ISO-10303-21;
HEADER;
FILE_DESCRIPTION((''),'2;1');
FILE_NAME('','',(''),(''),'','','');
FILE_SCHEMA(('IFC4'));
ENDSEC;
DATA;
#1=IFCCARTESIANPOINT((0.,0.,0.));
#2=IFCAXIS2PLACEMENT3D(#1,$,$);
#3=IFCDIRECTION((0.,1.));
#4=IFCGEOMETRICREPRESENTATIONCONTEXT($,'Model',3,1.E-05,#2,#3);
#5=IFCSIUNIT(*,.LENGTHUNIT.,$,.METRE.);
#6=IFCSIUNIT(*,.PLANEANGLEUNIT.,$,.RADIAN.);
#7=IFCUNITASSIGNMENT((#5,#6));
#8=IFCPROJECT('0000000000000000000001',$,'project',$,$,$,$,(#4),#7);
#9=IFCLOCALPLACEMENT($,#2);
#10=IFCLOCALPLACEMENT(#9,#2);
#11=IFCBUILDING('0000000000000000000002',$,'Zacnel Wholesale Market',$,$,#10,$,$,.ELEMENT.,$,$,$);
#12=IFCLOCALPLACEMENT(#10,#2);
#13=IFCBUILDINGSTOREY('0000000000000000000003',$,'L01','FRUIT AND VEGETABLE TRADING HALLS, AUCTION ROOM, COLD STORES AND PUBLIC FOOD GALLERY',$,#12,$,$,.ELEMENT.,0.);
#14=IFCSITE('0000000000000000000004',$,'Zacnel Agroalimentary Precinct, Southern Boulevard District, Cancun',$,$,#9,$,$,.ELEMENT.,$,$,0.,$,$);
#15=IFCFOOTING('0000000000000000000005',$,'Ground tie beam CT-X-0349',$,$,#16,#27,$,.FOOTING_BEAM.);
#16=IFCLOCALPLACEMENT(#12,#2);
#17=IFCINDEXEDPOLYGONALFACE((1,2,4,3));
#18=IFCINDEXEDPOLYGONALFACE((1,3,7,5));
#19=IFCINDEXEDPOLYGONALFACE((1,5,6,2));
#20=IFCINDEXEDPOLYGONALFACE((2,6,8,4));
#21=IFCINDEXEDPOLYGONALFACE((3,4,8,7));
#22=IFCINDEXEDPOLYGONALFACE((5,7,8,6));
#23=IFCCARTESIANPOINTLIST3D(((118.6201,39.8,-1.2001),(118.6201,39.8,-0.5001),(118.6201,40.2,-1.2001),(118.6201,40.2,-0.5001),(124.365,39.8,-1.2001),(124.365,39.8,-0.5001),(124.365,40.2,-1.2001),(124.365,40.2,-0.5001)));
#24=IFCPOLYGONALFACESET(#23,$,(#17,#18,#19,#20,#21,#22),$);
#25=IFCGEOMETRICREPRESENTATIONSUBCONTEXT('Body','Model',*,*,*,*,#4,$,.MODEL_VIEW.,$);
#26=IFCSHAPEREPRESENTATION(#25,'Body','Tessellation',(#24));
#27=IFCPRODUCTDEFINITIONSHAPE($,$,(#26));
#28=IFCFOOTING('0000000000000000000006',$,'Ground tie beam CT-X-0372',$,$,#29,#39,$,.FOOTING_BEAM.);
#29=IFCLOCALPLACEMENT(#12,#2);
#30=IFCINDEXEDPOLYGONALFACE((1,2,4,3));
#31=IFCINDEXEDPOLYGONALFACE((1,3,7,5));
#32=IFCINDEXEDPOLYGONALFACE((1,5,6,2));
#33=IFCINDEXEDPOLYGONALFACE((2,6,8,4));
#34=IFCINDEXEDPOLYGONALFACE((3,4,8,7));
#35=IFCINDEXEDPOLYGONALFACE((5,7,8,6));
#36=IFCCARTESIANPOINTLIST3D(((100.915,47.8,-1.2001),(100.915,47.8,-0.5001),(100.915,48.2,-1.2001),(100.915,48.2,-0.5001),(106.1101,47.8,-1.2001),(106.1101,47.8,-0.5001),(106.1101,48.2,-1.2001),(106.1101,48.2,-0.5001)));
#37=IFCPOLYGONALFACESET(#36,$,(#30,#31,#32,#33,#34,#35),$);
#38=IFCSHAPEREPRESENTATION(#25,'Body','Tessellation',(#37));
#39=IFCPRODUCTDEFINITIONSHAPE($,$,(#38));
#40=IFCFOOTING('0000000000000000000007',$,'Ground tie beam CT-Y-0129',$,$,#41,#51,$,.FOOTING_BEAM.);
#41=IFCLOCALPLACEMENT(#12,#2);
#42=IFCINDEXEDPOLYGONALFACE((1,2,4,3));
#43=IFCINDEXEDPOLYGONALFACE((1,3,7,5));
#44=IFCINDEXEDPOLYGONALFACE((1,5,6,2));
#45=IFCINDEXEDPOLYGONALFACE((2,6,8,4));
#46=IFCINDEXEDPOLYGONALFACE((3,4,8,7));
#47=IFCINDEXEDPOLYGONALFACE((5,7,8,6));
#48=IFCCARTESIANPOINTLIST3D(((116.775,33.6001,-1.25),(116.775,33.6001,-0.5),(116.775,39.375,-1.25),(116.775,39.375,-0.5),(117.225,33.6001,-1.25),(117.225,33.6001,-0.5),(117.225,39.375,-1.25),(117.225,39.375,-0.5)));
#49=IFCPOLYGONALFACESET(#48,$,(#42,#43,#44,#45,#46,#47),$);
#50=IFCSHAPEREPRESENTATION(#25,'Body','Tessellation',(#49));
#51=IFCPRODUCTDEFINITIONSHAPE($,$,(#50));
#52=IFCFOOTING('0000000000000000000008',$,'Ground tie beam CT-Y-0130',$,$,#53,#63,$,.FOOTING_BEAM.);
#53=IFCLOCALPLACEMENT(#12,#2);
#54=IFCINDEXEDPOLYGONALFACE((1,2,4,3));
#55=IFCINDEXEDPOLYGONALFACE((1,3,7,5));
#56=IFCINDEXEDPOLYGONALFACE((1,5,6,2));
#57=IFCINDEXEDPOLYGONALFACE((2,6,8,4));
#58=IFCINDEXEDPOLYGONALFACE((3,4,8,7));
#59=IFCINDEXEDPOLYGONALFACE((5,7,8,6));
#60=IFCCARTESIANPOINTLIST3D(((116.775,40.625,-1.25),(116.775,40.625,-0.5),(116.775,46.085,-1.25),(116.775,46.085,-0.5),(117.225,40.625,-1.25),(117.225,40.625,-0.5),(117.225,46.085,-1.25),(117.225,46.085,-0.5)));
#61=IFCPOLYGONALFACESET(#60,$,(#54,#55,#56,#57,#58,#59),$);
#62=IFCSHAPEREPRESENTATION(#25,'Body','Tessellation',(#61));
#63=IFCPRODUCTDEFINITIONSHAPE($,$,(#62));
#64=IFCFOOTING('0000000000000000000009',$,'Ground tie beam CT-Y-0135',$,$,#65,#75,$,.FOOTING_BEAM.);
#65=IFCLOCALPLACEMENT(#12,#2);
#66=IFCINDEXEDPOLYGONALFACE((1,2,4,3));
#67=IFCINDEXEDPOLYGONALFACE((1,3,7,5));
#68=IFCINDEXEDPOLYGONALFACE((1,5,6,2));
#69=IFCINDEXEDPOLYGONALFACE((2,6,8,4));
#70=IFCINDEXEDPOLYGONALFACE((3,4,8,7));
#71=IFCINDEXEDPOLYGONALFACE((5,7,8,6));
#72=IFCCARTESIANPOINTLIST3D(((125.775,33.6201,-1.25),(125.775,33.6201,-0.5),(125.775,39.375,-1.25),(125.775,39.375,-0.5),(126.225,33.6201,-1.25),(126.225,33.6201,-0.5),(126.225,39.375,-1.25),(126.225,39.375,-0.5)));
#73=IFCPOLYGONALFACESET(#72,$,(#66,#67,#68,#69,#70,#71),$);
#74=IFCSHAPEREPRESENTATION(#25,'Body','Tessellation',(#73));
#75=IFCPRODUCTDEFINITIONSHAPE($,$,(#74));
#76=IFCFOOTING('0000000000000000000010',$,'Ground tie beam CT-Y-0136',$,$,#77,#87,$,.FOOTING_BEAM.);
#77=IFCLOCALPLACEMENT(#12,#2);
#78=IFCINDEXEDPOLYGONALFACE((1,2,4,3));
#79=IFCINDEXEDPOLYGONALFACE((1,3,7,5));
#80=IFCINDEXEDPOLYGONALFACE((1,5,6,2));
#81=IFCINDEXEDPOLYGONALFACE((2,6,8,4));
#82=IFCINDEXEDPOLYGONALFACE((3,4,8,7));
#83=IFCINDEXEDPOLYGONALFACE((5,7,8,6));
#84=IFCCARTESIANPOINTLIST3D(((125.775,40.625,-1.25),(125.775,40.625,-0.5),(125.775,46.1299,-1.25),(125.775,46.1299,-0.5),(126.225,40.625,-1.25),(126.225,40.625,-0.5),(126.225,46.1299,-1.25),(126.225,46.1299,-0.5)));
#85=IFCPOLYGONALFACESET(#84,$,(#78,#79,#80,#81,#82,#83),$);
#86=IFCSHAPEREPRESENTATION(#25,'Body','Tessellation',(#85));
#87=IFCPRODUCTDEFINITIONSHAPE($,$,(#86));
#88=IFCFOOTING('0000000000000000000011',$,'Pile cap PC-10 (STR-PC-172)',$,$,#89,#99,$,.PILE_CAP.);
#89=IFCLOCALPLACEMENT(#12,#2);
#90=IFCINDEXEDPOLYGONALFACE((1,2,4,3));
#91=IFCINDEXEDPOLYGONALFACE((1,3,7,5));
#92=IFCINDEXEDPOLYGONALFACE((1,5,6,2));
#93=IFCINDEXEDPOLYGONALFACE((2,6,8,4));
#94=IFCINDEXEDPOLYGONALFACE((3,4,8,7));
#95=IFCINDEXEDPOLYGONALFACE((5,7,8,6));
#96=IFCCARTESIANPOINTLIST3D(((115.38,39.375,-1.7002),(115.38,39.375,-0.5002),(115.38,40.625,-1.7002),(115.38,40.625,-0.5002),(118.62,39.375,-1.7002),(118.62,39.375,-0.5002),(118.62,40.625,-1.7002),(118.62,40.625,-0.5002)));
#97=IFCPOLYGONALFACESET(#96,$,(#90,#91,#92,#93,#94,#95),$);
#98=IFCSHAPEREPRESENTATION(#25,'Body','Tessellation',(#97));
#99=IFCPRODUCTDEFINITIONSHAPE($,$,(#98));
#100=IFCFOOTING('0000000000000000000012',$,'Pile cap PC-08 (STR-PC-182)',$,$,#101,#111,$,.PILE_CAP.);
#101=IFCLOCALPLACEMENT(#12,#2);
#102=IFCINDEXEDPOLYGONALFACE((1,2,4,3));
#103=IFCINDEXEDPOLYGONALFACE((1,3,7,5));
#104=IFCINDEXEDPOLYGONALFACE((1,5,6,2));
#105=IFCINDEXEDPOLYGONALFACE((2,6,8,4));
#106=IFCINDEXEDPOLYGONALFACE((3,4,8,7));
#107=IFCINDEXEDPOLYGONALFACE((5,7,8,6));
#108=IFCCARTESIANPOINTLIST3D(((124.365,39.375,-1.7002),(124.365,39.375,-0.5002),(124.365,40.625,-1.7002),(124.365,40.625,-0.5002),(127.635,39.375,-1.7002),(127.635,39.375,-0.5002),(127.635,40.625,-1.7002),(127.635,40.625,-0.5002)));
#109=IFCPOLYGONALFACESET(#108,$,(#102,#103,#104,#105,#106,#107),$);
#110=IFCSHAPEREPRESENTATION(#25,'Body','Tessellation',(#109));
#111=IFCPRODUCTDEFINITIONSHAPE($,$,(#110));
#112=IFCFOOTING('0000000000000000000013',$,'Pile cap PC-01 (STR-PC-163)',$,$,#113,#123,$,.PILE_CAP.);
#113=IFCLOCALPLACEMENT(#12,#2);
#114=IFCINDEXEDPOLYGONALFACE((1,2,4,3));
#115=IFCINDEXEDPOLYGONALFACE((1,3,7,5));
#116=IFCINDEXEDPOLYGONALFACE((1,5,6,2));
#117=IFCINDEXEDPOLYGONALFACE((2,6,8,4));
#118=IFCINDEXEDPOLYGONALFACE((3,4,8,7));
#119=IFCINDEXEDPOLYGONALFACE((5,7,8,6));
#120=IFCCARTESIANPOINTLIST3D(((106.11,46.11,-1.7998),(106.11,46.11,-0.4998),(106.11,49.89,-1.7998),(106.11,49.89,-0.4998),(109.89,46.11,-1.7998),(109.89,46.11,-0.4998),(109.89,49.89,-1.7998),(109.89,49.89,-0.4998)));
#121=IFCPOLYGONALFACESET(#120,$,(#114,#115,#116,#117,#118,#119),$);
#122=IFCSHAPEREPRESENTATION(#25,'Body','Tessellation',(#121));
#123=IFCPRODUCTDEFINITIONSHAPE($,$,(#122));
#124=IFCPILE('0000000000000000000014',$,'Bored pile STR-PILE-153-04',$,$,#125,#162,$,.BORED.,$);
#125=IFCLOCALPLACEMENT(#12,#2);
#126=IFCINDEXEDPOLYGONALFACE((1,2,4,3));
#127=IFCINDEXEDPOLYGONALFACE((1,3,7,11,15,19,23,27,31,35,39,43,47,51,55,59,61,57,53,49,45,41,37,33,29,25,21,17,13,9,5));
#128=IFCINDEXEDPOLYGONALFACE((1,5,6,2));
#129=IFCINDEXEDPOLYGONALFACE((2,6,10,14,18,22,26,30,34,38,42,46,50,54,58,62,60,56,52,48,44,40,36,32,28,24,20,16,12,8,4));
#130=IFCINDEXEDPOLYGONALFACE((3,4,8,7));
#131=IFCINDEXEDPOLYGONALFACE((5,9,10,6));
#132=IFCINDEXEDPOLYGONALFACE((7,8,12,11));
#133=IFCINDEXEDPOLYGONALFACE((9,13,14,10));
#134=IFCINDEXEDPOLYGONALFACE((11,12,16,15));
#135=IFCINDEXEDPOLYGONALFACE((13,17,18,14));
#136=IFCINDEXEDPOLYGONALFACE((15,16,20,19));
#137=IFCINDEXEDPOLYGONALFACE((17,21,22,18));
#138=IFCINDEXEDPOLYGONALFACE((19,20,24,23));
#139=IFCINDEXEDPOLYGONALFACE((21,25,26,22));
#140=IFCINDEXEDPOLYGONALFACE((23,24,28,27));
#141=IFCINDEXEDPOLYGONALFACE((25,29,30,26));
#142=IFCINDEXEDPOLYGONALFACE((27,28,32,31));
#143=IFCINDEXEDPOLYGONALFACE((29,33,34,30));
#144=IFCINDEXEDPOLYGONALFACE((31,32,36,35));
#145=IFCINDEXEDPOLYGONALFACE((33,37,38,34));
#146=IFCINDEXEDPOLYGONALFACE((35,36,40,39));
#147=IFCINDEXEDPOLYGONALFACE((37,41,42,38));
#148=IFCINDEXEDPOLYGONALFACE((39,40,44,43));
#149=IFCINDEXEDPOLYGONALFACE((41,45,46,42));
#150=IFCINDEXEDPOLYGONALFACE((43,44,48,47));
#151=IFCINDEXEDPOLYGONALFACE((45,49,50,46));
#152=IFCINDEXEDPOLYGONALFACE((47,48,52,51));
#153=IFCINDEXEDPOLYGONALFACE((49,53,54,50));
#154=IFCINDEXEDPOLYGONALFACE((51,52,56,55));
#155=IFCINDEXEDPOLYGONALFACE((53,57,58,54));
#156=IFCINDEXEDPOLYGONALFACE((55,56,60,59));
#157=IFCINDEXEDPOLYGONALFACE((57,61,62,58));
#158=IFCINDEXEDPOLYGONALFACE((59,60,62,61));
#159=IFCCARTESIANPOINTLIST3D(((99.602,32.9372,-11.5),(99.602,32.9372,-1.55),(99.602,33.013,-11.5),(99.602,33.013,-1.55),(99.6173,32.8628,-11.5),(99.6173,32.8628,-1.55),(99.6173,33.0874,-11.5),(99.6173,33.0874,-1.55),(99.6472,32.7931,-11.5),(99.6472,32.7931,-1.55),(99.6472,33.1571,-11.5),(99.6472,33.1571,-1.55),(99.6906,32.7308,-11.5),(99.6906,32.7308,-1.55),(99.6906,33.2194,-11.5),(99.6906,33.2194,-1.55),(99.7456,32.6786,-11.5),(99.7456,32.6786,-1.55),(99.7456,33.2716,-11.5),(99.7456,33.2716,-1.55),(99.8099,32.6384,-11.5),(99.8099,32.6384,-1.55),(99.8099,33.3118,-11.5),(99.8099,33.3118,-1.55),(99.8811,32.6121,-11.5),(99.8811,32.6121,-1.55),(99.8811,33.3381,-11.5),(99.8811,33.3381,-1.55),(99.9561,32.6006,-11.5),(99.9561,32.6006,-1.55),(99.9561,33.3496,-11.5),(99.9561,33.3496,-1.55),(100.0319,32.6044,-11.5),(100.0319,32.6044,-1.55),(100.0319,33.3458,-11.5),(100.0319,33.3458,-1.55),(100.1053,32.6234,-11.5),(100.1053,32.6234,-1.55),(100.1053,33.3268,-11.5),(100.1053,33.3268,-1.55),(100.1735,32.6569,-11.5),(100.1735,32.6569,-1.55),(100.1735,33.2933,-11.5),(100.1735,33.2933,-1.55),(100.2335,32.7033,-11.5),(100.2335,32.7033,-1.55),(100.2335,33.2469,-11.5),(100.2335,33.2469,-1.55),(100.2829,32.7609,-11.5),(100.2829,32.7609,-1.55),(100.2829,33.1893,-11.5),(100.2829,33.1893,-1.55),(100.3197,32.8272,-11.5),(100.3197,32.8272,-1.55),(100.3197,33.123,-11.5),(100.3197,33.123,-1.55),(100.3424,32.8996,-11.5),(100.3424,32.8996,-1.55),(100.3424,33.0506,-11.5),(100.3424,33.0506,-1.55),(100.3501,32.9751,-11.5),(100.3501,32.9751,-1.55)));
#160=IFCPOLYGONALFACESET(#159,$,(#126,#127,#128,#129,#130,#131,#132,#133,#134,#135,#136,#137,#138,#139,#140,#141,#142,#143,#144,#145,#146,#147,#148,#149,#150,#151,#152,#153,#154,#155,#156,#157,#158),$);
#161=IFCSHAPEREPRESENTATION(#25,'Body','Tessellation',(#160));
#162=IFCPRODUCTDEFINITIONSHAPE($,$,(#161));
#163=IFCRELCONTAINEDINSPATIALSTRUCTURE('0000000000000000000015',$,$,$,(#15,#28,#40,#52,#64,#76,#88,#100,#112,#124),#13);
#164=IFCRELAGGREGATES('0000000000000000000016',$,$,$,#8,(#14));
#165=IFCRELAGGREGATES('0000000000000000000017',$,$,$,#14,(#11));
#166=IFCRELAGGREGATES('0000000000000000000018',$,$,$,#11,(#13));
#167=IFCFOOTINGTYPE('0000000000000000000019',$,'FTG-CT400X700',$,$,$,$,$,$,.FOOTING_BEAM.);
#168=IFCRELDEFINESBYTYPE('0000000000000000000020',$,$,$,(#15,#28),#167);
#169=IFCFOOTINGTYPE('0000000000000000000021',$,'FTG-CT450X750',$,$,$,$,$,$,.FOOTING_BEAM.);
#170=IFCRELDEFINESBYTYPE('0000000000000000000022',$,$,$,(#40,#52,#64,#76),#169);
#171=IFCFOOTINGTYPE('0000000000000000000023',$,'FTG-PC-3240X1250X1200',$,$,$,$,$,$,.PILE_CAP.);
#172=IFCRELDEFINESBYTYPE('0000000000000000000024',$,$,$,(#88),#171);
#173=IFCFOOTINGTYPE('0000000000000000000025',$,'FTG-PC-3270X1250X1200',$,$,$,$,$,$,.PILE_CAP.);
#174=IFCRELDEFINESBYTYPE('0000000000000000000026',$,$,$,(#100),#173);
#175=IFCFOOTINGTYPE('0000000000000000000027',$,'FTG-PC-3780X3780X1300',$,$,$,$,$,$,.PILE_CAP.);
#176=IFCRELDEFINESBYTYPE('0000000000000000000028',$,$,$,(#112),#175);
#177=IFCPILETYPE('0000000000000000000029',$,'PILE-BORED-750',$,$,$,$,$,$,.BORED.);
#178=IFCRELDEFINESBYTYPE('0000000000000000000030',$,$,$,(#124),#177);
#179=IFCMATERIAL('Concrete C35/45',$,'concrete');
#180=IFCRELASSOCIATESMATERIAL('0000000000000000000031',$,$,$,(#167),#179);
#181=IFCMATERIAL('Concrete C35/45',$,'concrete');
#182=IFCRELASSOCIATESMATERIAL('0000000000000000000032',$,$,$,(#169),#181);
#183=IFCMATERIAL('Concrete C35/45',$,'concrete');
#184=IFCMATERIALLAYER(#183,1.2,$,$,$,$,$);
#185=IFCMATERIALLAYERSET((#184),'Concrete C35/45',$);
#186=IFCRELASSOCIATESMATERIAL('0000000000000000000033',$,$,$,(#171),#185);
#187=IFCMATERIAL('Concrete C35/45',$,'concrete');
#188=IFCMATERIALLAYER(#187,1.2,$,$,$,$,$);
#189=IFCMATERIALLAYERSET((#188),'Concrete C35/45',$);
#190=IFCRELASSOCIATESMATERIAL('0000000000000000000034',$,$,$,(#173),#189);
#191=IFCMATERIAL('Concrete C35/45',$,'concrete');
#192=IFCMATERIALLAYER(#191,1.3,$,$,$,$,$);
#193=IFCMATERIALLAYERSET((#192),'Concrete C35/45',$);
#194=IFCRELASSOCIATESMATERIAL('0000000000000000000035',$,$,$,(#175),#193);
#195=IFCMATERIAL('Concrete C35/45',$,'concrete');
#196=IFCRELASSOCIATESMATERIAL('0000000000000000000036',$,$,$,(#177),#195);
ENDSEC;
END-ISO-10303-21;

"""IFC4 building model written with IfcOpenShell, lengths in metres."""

from ifc_helpers import new_model, si_unit, direction, frame, origin, origin_2d, place, context, subcontext, project, spatial, rectangle, circle, extrude, material, layer, layer_set, material_profile, profile_set, type_object, element, save


model = new_model("IFC4")

# Units and contexts
model_context = context("Model", 3, precision=1e-05, world=origin(), true_north=direction((0.0, 1.0)))
body_context = subcontext(model_context, "Body", "Model", "MODEL_VIEW")
ifc_project = project(units=[si_unit("LENGTHUNIT", "METRE"), si_unit("PLANEANGLEUNIT", "RADIAN")], contexts=[model_context])

# Site, building, storey
site_placement = place(None, origin())
site = spatial("IfcSite", under=ifc_project, at=site_placement, Name="Zacnel Agroalimentary Precinct, Southern Boulevard District, Cancun", CompositionType="ELEMENT", RefElevation=0.0)
building_placement = place(site_placement, origin())
building = spatial("IfcBuilding", under=site, at=building_placement, Name="Zacnel Wholesale Market", CompositionType="ELEMENT")
storey_placement = place(building_placement, origin())
storey = spatial("IfcBuildingStorey", under=building, at=storey_placement, Name="L01", Description="FRUIT AND VEGETABLE TRADING HALLS, AUCTION ROOM, COLD STORES AND PUBLIC FOOD GALLERY", CompositionType="ELEMENT", Elevation=0.0)

# Footings
ifc_material_1 = material(Name="Concrete C35/45", Category="concrete")
ifc_material_profile_1 = material_profile(ifc_material_1, rectangle(XDim=0.3999, YDim=0.7, at=origin_2d()), Name="CT 400x700")
ifc_profile_set_1 = profile_set([ifc_material_profile_1], Name="Concrete C35/45")
footing_type_1 = type_object("IfcFootingType", Name="FTG-CT400X700", PredefinedType="FOOTING_BEAM", material=ifc_profile_set_1)
footing_1_placement = place(storey_placement, frame((118.6201, 40.0, -0.8501), z_axis=(1.0, 0.0, 0.0), x_axis=(0.0, 1.0, 0.0)))
element("IfcFooting", 1, at=footing_1_placement, inside=storey, type_object=footing_type_1, Name="Ground tie beam CT-X-0349", PredefinedType="FOOTING_BEAM", context=body_context, shape_type="SweptSolid", body=[
    extrude(rectangle(XDim=0.3999, YDim=0.7, at=origin_2d()), origin(), (0.0, 0.0, 1.0), 5.7449),
])
footing_2_placement = place(storey_placement, frame((100.915, 48.0, -0.8501), z_axis=(1.0, 0.0, 0.0), x_axis=(0.0, 1.0, 0.0)))
element("IfcFooting", 2, at=footing_2_placement, inside=storey, type_object=footing_type_1, Name="Ground tie beam CT-X-0372", PredefinedType="FOOTING_BEAM", context=body_context, shape_type="SweptSolid", body=[
    extrude(rectangle(XDim=0.3999, YDim=0.7, at=origin_2d()), origin(), (0.0, 0.0, 1.0), 5.1951),
])
ifc_material_2 = material(Name="Concrete C35/45", Category="concrete")
ifc_material_profile_2 = material_profile(ifc_material_2, rectangle(XDim=0.45, YDim=0.75, at=origin_2d()), Name="CT 450x750")
ifc_profile_set_2 = profile_set([ifc_material_profile_2], Name="Concrete C35/45")
footing_type_2 = type_object("IfcFootingType", Name="FTG-CT450X750", PredefinedType="FOOTING_BEAM", material=ifc_profile_set_2)
footing_3_placement = place(storey_placement, frame((117.0, 33.6001, -0.875), z_axis=(0.0, 1.0, 0.0), x_axis=(-1.0, 0.0, 0.0)))
element("IfcFooting", 3, at=footing_3_placement, inside=storey, type_object=footing_type_2, Name="Ground tie beam CT-Y-0129", PredefinedType="FOOTING_BEAM", context=body_context, shape_type="SweptSolid", body=[
    extrude(rectangle(XDim=0.45, YDim=0.75, at=origin_2d()), origin(), (0.0, 0.0, 1.0), 5.7749),
])
footing_4_placement = place(storey_placement, frame((117.0, 40.625, -0.875), z_axis=(0.0, 1.0, 0.0), x_axis=(-1.0, 0.0, 0.0)))
element("IfcFooting", 4, at=footing_4_placement, inside=storey, type_object=footing_type_2, Name="Ground tie beam CT-Y-0130", PredefinedType="FOOTING_BEAM", context=body_context, shape_type="SweptSolid", body=[
    extrude(rectangle(XDim=0.45, YDim=0.75, at=origin_2d()), origin(), (0.0, 0.0, 1.0), 5.46),
])
footing_5_placement = place(storey_placement, frame((126.0, 33.6201, -0.875), z_axis=(0.0, 1.0, 0.0), x_axis=(-1.0, 0.0, 0.0)))
element("IfcFooting", 5, at=footing_5_placement, inside=storey, type_object=footing_type_2, Name="Ground tie beam CT-Y-0135", PredefinedType="FOOTING_BEAM", context=body_context, shape_type="SweptSolid", body=[
    extrude(rectangle(XDim=0.45, YDim=0.75, at=origin_2d()), origin(), (0.0, 0.0, 1.0), 5.7549),
])
footing_6_placement = place(storey_placement, frame((126.0, 40.625, -0.875), z_axis=(0.0, 1.0, 0.0), x_axis=(-1.0, 0.0, 0.0)))
element("IfcFooting", 6, at=footing_6_placement, inside=storey, type_object=footing_type_2, Name="Ground tie beam CT-Y-0136", PredefinedType="FOOTING_BEAM", context=body_context, shape_type="SweptSolid", body=[
    extrude(rectangle(XDim=0.45, YDim=0.75, at=origin_2d()), origin(), (0.0, 0.0, 1.0), 5.5049),
])
ifc_material_3 = material(Name="Concrete C35/45", Category="concrete")
ifc_layer_1 = layer(ifc_material_3, 1.2)
ifc_layer_set_1 = layer_set([ifc_layer_1], Name="Concrete C35/45")
footing_type_3 = type_object("IfcFootingType", Name="FTG-PC-3240X1250X1200", PredefinedType="PILE_CAP", material=ifc_layer_set_1)
footing_7_placement = place(storey_placement, frame((117.0, 40.0, -1.7002), z_axis=(0.0, 0.0, 1.0), x_axis=(1.0, 0.0, 0.0)))
element("IfcFooting", 7, at=footing_7_placement, inside=storey, type_object=footing_type_3, Name="Pile cap PC-10 (STR-PC-172)", PredefinedType="PILE_CAP", context=body_context, shape_type="SweptSolid", body=[
    extrude(rectangle(XDim=3.24, YDim=1.25, at=origin_2d()), origin(), (0.0, 0.0, 1.0), 1.2),
])
ifc_material_4 = material(Name="Concrete C35/45", Category="concrete")
ifc_layer_2 = layer(ifc_material_4, 1.2)
ifc_layer_set_2 = layer_set([ifc_layer_2], Name="Concrete C35/45")
footing_type_4 = type_object("IfcFootingType", Name="FTG-PC-3270X1250X1200", PredefinedType="PILE_CAP", material=ifc_layer_set_2)
footing_8_placement = place(storey_placement, frame((126.0, 40.0, -1.7002), z_axis=(0.0, 0.0, 1.0), x_axis=(1.0, 0.0, 0.0)))
element("IfcFooting", 8, at=footing_8_placement, inside=storey, type_object=footing_type_4, Name="Pile cap PC-08 (STR-PC-182)", PredefinedType="PILE_CAP", context=body_context, shape_type="SweptSolid", body=[
    extrude(rectangle(XDim=3.27, YDim=1.25, at=origin_2d()), origin(), (0.0, 0.0, 1.0), 1.2),
])
ifc_material_5 = material(Name="Concrete C35/45", Category="concrete")
ifc_layer_3 = layer(ifc_material_5, 1.3)
ifc_layer_set_3 = layer_set([ifc_layer_3], Name="Concrete C35/45")
footing_type_5 = type_object("IfcFootingType", Name="FTG-PC-3780X3780X1300", PredefinedType="PILE_CAP", material=ifc_layer_set_3)
footing_9_placement = place(storey_placement, frame((108.0, 48.0, -1.7998), z_axis=(0.0, 0.0, 1.0), x_axis=(1.0, 0.0, 0.0)))
element("IfcFooting", 9, at=footing_9_placement, inside=storey, type_object=footing_type_5, Name="Pile cap PC-01 (STR-PC-163)", PredefinedType="PILE_CAP", context=body_context, shape_type="SweptSolid", body=[
    extrude(rectangle(XDim=3.78, YDim=3.78, at=origin_2d()), origin(), (0.0, 0.0, 1.0), 1.3),
])

# Pile
ifc_material_6 = material(Name="Concrete C35/45", Category="concrete")
ifc_material_profile_3 = material_profile(ifc_material_6, circle(Radius=0.375, at=origin_2d()), Name="BORED PILE D750")
ifc_profile_set_3 = profile_set([ifc_material_profile_3], Name="Concrete C35/45")
pile_type_1 = type_object("IfcPileType", Name="PILE-BORED-750", PredefinedType="BORED", material=ifc_profile_set_3)
pile_1_placement = place(storey_placement, frame((99.9751, 32.9751, -1.55), z_axis=(0.0, 0.0, -1.0), x_axis=(1.0, 0.0, 0.0)))
element("IfcPile", 10, at=pile_1_placement, inside=storey, type_object=pile_type_1, Name="Bored pile STR-PILE-153-04", PredefinedType="BORED", context=body_context, shape_type="SweptSolid", body=[
    extrude(circle(Radius=0.375, at=origin_2d()), origin(), (0.0, 0.0, 1.0), 9.95),
])

save(model, "model.ifc")
